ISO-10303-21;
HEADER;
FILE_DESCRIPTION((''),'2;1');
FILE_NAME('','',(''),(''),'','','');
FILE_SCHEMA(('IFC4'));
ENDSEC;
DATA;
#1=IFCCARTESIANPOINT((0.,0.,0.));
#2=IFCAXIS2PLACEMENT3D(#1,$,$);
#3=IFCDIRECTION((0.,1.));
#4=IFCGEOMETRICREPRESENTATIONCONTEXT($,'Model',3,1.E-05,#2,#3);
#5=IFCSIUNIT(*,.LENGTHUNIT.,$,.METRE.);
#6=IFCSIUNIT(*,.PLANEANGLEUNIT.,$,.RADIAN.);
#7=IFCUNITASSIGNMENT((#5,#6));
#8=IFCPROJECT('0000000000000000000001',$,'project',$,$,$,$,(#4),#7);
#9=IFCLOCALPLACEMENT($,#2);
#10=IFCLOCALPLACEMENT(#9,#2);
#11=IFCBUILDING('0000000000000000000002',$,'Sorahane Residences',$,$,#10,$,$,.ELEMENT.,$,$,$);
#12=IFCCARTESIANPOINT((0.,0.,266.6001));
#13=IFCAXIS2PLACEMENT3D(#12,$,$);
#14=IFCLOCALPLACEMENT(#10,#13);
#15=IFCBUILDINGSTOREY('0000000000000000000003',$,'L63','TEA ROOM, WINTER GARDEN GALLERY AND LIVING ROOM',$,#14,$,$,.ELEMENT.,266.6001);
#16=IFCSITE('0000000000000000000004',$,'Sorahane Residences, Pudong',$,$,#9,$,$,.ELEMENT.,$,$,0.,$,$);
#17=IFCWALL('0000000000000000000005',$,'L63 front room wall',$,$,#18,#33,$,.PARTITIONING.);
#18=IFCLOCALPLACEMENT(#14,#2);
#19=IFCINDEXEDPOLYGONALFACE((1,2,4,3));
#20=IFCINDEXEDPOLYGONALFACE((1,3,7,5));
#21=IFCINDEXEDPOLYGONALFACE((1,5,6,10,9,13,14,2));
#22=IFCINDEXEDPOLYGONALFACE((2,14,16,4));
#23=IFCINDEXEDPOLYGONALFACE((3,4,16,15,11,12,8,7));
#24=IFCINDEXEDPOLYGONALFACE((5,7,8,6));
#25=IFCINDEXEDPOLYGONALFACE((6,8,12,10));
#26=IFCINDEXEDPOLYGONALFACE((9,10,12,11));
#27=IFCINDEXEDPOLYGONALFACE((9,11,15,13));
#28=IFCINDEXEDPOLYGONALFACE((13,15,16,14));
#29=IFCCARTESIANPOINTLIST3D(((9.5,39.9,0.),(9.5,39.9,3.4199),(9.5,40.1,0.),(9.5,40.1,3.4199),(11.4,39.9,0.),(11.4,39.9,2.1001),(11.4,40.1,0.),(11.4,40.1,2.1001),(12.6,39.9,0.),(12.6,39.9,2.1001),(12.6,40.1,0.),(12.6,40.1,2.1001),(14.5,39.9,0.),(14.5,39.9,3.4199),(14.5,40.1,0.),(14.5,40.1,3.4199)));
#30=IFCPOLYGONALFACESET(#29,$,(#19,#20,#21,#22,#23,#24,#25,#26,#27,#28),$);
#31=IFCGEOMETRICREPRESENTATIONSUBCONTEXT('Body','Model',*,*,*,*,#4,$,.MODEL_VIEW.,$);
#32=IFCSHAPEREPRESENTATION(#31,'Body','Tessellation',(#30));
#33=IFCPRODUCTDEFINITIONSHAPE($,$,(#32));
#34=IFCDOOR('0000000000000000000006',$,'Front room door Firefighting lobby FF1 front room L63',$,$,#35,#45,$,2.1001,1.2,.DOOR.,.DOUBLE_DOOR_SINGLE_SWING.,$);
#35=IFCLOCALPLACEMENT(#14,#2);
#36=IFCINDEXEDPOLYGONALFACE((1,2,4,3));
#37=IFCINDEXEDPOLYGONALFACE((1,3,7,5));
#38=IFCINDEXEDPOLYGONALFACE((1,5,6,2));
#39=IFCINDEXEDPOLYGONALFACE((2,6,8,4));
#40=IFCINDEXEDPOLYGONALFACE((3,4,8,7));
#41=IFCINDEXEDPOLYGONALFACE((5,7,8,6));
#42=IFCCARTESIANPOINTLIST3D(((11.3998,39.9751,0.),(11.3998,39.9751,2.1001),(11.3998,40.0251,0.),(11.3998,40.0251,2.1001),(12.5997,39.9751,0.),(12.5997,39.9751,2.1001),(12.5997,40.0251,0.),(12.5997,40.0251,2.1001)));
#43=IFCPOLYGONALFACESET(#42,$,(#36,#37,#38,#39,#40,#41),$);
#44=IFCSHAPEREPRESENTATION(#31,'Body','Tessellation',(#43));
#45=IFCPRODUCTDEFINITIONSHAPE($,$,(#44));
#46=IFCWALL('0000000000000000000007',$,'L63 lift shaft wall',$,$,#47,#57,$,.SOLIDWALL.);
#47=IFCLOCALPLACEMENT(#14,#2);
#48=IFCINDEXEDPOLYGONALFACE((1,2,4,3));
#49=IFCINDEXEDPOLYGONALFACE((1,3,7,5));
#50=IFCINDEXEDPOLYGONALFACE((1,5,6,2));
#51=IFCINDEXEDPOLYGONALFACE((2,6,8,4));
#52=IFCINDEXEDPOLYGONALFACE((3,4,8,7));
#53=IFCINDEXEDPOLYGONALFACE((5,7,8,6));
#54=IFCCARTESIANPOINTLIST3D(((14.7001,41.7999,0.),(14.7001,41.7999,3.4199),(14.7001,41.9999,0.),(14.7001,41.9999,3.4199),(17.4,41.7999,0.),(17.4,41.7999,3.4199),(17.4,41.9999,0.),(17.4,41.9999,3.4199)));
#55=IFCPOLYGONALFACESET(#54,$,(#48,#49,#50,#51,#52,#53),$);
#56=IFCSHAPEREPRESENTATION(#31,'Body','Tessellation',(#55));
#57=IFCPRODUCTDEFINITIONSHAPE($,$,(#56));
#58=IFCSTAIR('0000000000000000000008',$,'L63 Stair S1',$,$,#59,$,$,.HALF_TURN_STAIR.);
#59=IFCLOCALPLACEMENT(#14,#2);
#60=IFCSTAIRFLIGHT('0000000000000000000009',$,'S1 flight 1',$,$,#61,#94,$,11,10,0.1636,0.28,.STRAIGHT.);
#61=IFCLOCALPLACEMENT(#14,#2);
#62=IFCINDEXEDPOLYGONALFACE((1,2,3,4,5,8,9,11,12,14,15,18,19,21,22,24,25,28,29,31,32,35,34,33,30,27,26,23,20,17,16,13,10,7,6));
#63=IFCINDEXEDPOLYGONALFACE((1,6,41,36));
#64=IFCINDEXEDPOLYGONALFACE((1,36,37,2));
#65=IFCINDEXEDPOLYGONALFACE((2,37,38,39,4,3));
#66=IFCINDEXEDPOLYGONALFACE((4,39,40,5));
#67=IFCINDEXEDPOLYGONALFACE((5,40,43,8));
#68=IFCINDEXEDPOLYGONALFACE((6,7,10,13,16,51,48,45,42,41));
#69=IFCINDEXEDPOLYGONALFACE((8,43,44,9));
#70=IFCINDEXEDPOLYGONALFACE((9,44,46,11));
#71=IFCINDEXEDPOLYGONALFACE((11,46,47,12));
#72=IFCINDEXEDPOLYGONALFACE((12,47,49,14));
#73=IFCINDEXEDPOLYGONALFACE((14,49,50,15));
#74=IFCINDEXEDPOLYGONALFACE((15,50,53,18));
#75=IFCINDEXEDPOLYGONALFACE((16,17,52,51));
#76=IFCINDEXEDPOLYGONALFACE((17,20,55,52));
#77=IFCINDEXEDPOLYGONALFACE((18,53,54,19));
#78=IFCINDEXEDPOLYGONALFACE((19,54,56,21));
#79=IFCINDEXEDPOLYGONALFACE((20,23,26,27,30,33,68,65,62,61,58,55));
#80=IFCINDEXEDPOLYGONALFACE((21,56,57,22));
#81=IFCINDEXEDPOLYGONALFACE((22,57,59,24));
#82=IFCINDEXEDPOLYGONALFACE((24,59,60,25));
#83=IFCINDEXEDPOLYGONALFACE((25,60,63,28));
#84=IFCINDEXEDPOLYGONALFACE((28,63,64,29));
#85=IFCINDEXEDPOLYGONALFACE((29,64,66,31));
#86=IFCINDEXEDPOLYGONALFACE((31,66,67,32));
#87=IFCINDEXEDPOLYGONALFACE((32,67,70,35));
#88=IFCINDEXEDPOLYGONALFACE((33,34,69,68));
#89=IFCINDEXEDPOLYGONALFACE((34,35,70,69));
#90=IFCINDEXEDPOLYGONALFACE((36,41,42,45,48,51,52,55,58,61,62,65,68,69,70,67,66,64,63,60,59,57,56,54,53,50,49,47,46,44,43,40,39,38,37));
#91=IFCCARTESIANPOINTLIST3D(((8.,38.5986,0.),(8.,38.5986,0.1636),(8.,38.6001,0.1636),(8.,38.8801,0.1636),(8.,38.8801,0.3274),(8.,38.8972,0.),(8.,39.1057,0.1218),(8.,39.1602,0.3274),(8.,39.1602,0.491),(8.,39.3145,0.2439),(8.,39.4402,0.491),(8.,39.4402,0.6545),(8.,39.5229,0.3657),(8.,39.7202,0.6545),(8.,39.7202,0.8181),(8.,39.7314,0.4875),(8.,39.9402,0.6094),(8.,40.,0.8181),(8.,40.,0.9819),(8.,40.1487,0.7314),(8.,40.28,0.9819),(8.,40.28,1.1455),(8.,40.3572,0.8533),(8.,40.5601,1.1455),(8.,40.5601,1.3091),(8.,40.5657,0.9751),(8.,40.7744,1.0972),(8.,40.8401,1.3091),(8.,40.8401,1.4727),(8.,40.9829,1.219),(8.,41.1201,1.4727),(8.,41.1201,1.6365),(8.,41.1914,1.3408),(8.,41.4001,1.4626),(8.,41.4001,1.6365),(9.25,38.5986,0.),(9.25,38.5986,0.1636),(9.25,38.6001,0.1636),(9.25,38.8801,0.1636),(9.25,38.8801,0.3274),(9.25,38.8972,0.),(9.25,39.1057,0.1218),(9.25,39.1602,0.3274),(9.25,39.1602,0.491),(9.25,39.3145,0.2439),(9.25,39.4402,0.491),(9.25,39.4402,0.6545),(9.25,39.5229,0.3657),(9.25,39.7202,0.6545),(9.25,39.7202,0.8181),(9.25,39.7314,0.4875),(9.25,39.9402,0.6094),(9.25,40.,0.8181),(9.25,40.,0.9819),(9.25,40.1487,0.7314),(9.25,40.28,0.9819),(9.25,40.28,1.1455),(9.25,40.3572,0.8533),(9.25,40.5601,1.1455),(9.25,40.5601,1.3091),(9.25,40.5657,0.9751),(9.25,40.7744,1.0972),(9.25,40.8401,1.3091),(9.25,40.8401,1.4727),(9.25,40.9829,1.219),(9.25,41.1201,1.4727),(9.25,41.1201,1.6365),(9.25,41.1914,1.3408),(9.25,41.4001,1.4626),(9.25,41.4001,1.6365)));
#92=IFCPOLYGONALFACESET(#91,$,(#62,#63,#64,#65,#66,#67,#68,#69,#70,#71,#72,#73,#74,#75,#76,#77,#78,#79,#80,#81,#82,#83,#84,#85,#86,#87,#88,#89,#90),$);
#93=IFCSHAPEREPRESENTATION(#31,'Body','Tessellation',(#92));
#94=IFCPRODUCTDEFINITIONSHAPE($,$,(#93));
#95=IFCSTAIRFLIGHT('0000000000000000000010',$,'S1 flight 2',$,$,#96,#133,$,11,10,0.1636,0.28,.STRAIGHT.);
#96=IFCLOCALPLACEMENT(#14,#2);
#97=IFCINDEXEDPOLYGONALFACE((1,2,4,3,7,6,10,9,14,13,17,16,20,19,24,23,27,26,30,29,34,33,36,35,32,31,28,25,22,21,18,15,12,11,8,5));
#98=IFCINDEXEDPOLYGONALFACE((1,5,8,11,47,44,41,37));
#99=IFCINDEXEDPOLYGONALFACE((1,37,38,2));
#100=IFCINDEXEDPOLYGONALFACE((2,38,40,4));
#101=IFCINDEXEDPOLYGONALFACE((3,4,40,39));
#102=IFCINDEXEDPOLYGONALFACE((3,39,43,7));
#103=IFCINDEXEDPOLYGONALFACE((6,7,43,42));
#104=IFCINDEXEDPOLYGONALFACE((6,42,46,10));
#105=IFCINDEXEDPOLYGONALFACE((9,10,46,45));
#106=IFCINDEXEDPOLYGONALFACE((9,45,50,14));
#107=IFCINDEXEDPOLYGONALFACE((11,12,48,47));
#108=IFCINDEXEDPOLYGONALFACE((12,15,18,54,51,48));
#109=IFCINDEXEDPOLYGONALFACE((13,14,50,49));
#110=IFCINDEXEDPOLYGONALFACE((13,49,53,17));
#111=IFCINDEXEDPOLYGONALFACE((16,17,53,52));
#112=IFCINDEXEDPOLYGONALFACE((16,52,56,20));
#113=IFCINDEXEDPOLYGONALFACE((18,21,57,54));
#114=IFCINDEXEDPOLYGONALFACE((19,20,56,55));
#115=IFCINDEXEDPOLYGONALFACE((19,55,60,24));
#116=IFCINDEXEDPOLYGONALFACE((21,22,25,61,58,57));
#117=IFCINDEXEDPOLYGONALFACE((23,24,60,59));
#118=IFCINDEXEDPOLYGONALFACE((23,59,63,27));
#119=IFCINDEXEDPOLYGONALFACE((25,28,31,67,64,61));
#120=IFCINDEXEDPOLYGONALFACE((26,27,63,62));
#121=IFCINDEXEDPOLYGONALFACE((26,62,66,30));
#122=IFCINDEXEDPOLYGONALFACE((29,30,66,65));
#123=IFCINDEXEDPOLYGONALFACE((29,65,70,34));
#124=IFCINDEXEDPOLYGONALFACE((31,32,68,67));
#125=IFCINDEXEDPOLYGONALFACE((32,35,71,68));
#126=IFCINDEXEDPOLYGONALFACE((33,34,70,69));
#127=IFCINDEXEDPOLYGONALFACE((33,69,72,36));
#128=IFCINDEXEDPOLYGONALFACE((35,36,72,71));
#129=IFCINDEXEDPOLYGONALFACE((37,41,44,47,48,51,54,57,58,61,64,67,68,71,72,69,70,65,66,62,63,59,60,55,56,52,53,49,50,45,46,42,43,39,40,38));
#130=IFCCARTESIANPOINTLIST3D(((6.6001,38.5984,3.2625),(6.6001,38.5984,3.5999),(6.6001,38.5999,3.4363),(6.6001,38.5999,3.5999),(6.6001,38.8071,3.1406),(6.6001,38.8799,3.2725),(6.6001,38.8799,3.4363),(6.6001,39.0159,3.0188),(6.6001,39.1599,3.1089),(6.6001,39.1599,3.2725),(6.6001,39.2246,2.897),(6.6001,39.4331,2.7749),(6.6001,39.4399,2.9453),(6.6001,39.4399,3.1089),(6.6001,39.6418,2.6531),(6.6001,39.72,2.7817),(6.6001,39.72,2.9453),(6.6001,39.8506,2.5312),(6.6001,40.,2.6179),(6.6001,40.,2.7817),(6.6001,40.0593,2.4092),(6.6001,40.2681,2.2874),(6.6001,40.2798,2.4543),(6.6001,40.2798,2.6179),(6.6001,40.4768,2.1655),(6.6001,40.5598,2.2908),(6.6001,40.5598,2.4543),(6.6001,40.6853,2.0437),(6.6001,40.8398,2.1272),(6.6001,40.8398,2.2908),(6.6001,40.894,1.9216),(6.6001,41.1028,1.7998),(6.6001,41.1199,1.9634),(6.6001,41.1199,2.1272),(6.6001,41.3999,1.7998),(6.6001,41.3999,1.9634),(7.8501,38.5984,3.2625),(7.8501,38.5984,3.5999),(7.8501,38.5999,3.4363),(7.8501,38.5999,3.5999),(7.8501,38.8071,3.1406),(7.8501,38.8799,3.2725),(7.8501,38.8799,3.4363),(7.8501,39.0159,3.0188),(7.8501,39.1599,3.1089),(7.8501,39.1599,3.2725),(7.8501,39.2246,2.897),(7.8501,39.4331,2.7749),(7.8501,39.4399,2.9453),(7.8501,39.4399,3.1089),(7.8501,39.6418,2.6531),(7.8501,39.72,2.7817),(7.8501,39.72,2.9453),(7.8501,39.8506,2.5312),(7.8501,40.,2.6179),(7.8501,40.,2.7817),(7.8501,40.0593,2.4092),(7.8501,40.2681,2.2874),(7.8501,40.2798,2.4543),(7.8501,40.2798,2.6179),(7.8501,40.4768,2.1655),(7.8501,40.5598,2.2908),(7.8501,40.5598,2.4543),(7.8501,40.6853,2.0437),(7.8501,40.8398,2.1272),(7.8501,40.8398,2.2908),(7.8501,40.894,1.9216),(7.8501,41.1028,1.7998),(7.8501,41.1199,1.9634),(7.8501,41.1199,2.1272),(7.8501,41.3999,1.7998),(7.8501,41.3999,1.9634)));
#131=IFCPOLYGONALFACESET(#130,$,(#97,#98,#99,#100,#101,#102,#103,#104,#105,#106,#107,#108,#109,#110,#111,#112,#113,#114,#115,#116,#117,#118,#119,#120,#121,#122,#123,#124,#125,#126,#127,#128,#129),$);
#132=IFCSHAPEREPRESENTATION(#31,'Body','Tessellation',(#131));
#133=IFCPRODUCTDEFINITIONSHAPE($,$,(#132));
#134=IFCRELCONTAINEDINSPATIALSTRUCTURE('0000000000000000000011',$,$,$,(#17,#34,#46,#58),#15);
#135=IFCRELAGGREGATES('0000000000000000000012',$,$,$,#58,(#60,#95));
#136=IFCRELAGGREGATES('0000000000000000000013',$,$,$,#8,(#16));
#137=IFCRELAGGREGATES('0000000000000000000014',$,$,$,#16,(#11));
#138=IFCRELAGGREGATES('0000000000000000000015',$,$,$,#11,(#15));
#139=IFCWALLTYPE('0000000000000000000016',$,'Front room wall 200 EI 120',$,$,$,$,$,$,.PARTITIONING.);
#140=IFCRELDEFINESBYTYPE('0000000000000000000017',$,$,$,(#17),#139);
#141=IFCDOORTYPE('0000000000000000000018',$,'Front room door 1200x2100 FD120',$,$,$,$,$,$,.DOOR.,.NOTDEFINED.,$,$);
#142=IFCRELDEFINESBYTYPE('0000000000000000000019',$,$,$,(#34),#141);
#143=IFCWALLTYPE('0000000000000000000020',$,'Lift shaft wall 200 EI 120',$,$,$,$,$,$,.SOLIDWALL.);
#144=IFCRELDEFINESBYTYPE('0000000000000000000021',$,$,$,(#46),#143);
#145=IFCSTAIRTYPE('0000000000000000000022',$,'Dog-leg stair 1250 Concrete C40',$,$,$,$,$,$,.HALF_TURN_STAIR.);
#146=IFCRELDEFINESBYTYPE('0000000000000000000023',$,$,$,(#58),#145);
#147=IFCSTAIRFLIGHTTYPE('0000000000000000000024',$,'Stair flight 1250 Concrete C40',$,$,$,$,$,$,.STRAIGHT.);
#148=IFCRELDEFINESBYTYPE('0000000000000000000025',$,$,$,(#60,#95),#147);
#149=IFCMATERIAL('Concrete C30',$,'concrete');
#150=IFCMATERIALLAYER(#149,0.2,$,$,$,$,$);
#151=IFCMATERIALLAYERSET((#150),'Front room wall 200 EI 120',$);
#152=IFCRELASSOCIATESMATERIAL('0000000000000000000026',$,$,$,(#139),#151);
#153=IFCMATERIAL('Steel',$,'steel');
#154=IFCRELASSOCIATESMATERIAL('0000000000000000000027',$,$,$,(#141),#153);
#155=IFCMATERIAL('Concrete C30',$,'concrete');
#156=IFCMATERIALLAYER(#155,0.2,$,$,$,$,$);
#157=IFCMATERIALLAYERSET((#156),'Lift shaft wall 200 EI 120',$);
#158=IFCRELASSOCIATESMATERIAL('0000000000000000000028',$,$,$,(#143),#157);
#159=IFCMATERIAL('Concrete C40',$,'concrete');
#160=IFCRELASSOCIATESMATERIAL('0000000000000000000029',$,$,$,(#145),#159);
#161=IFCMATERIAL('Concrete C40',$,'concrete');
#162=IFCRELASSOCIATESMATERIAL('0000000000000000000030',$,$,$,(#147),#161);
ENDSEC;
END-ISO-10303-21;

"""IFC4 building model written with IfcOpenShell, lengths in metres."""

from ifc_helpers import new_model, si_unit, direction, frame, frame_2d, origin, place, context, subcontext, project, spatial, polyline, rectangle, outline, extrude, material, layer, layer_set, type_object, element, fill, aggregate, save


model = new_model("IFC4")

# Units and contexts
model_context = context("Model", 3, precision=1e-05, world=origin(), true_north=direction((0.0, 1.0)))
body_context = subcontext(model_context, "Body", "Model", "MODEL_VIEW")
ifc_project = project(units=[si_unit("LENGTHUNIT", "METRE"), si_unit("PLANEANGLEUNIT", "RADIAN")], contexts=[model_context])

# Site, building, storey
site_placement = place(None, origin())
site = spatial("IfcSite", under=ifc_project, at=site_placement, Name="Sorahane Residences, Pudong", CompositionType="ELEMENT", RefElevation=0.0)
building_placement = place(site_placement, origin())
building = spatial("IfcBuilding", under=site, at=building_placement, Name="Sorahane Residences", CompositionType="ELEMENT")
storey_placement = place(building_placement, frame((0.0, 0.0, 266.6001)))
storey = spatial("IfcBuildingStorey", under=building, at=storey_placement, Name="L63", Description="TEA ROOM, WINTER GARDEN GALLERY AND LIVING ROOM", CompositionType="ELEMENT", Elevation=266.6001)

# Wall, opening, door
ifc_material_1 = material(Name="Concrete C30", Category="concrete")
ifc_layer_1 = layer(ifc_material_1, 0.2)
ifc_layer_set_1 = layer_set([ifc_layer_1], Name="Front room wall 200 EI 120")
wall_type_1 = type_object("IfcWallType", Name="Front room wall 200 EI 120", PredefinedType="PARTITIONING", material=ifc_layer_set_1)
wall_1_placement = place(storey_placement, frame((9.5, 40.0, 0.0), z_axis=(0.0, 0.0, 1.0), x_axis=(1.0, 0.0, 0.0)))
wall_1 = element("IfcWall", 1, at=wall_1_placement, inside=storey, type_object=wall_type_1, Name="L63 front room wall", PredefinedType="PARTITIONING", context=body_context, shape_type="SweptSolid", body=[
    extrude(rectangle(XDim=5.0, YDim=0.2, at=frame_2d((2.5, 0.0))), origin(), (0.0, 0.0, 1.0), 3.4199),
])
opening_placement = place(wall_1_placement, frame((1.8999, 0.0, 0.0)))
opening = element("IfcOpeningElement", 2, at=opening_placement, cuts=wall_1, PredefinedType="OPENING", context=body_context, shape_type="SweptSolid", body=[
    extrude(rectangle(XDim=1.2, YDim=2.1001, at=frame_2d((0.6001, 1.05))), frame((0.0, 0.1099, 0.0), z_axis=(0.0, -1.0, 0.0), x_axis=(1.0, 0.0, 0.0)), (0.0, 0.0, 1.0), 0.22),
])
ifc_material_2 = material(Name="Steel", Category="steel")
door_type = type_object("IfcDoorType", Name="Front room door 1200x2100 FD120", OperationType="NOTDEFINED", PredefinedType="DOOR", material=ifc_material_2)
door_placement = place(opening_placement, frame((1.2, 0.0, 0.0), z_axis=(0.0, 0.0, 1.0), x_axis=(-1.0, 0.0, 0.0)))
door = element("IfcDoor", 3, at=door_placement, inside=storey, type_object=door_type, Name="Front room door Firefighting lobby FF1 front room L63", OperationType="DOUBLE_DOOR_SINGLE_SWING", OverallHeight=2.1001, OverallWidth=1.2, PredefinedType="DOOR", context=body_context, shape_type="SweptSolid", body=[
    extrude(rectangle(XDim=1.2, YDim=2.1001, at=frame_2d((0.6001, 1.05))), frame((0.0, 0.0249, 0.0), z_axis=(0.0, -1.0, 0.0), x_axis=(1.0, 0.0, 0.0)), (0.0, 0.0, 1.0), 0.05),
])
fill(opening, door)

# Wall
ifc_material_3 = material(Name="Concrete C30", Category="concrete")
ifc_layer_2 = layer(ifc_material_3, 0.2)
ifc_layer_set_2 = layer_set([ifc_layer_2], Name="Lift shaft wall 200 EI 120")
wall_type_2 = type_object("IfcWallType", Name="Lift shaft wall 200 EI 120", PredefinedType="SOLIDWALL", material=ifc_layer_set_2)
wall_2_placement = place(storey_placement, frame((14.7, 41.8999, 0.0), z_axis=(0.0, 0.0, 1.0), x_axis=(1.0, 0.0, 0.0)))
element("IfcWall", 4, at=wall_2_placement, inside=storey, type_object=wall_type_2, Name="L63 lift shaft wall", PredefinedType="SOLIDWALL", context=body_context, shape_type="SweptSolid", body=[
    extrude(rectangle(XDim=2.7, YDim=0.2, at=frame_2d((1.3501, 0.0))), origin(), (0.0, 0.0, 1.0), 3.4199),
])

# Stair, stair flights
ifc_material_4 = material(Name="Concrete C40", Category="concrete")
stair_type = type_object("IfcStairType", Name="Dog-leg stair 1250 Concrete C40", PredefinedType="HALF_TURN_STAIR", material=ifc_material_4)
stair_placement = place(storey_placement, origin())
stair = element("IfcStair", 5, at=stair_placement, inside=storey, type_object=stair_type, Name="L63 Stair S1", PredefinedType="HALF_TURN_STAIR")
ifc_material_5 = material(Name="Concrete C40", Category="concrete")
stair_flight_type = type_object("IfcStairFlightType", Name="Stair flight 1250 Concrete C40", PredefinedType="STRAIGHT", material=ifc_material_5)
stair_flight_1_placement = place(storey_placement, frame((8.625, 38.6001, 0.0), z_axis=(0.0, 0.0, 1.0), x_axis=(0.0, 1.0, 0.0)))
stair_flight_1 = element("IfcStairFlight", 6, at=stair_flight_1_placement, type_object=stair_flight_type, Name="S1 flight 1", NumberOfRisers=11, NumberOfTreads=10, PredefinedType="STRAIGHT", RiserHeight=0.1636, TreadLength=0.28, context=body_context, shape_type="SweptSolid", body=[
    extrude(outline(polyline([(-0.0015, 0.0), (-0.0015, 0.1636), (0.0, 0.1636), (0.28, 0.1636), (0.28, 0.3274), (0.5601, 0.3274), (0.5601, 0.491), (0.8401, 0.491), (0.8401, 0.6545), (1.1201, 0.6545), (1.1201, 0.8181), (1.3999, 0.8181), (1.3999, 0.9819), (1.6799, 0.9819), (1.6799, 1.1455), (1.96, 1.1455), (1.96, 1.3091), (2.24, 1.3091), (2.24, 1.4727), (2.52, 1.4727), (2.52, 1.6365), (2.8, 1.6365), (2.8, 1.8), (2.8, 1.4626), (2.5913, 1.3408), (2.3828, 1.219), (2.1743, 1.0972), (1.9656, 0.9751), (1.7571, 0.8533), (1.5486, 0.7314), (1.3401, 0.6094), (1.1313, 0.4875), (0.9229, 0.3657), (0.7144, 0.2439), (0.5056, 0.1218), (0.2971, 0.0), (-0.0015, 0.0)])), frame((0.0, 0.625, 0.0), z_axis=(0.0, -1.0, 0.0), x_axis=(1.0, 0.0, 0.0)), (0.0, 0.0, 1.0), 1.25),
])
stair_flight_2_placement = place(storey_placement, frame((7.2251, 41.3999, 1.7998), z_axis=(0.0, 0.0, 1.0), x_axis=(0.0, -1.0, 0.0)))
stair_flight_2 = element("IfcStairFlight", 7, at=stair_flight_2_placement, type_object=stair_flight_type, Name="S1 flight 2", NumberOfRisers=11, NumberOfTreads=10, PredefinedType="STRAIGHT", RiserHeight=0.1636, TreadLength=0.28, context=body_context, shape_type="SweptSolid", body=[
    extrude(outline(polyline([(0.0, 0.0), (0.0, 0.1636), (0.28, 0.1636), (0.28, 0.3274), (0.5601, 0.3274), (0.5601, 0.491), (0.8401, 0.491), (0.8401, 0.6545), (1.1201, 0.6545), (1.1201, 0.8181), (1.3999, 0.8181), (1.3999, 0.9819), (1.6799, 0.9819), (1.6799, 1.1455), (1.96, 1.1455), (1.96, 1.3091), (2.24, 1.3091), (2.24, 1.4727), (2.52, 1.4727), (2.52, 1.6365), (2.8, 1.6365), (2.8, 1.8), (2.8015, 1.8), (2.8015, 1.4626), (2.5928, 1.3408), (2.384, 1.219), (2.1753, 1.0972), (1.9668, 0.9751), (1.7581, 0.8533), (1.5493, 0.7314), (1.3406, 0.6094), (1.1318, 0.4875), (0.9231, 0.3657), (0.7146, 0.2439), (0.5059, 0.1218), (0.2971, 0.0), (0.0, 0.0)])), frame((0.0, 0.625, 0.0), z_axis=(0.0, -1.0, 0.0), x_axis=(1.0, 0.0, 0.0)), (0.0, 0.0, 1.0), 1.25),
])
aggregate(stair, [stair_flight_1, stair_flight_2])

save(model, "model.ifc")
